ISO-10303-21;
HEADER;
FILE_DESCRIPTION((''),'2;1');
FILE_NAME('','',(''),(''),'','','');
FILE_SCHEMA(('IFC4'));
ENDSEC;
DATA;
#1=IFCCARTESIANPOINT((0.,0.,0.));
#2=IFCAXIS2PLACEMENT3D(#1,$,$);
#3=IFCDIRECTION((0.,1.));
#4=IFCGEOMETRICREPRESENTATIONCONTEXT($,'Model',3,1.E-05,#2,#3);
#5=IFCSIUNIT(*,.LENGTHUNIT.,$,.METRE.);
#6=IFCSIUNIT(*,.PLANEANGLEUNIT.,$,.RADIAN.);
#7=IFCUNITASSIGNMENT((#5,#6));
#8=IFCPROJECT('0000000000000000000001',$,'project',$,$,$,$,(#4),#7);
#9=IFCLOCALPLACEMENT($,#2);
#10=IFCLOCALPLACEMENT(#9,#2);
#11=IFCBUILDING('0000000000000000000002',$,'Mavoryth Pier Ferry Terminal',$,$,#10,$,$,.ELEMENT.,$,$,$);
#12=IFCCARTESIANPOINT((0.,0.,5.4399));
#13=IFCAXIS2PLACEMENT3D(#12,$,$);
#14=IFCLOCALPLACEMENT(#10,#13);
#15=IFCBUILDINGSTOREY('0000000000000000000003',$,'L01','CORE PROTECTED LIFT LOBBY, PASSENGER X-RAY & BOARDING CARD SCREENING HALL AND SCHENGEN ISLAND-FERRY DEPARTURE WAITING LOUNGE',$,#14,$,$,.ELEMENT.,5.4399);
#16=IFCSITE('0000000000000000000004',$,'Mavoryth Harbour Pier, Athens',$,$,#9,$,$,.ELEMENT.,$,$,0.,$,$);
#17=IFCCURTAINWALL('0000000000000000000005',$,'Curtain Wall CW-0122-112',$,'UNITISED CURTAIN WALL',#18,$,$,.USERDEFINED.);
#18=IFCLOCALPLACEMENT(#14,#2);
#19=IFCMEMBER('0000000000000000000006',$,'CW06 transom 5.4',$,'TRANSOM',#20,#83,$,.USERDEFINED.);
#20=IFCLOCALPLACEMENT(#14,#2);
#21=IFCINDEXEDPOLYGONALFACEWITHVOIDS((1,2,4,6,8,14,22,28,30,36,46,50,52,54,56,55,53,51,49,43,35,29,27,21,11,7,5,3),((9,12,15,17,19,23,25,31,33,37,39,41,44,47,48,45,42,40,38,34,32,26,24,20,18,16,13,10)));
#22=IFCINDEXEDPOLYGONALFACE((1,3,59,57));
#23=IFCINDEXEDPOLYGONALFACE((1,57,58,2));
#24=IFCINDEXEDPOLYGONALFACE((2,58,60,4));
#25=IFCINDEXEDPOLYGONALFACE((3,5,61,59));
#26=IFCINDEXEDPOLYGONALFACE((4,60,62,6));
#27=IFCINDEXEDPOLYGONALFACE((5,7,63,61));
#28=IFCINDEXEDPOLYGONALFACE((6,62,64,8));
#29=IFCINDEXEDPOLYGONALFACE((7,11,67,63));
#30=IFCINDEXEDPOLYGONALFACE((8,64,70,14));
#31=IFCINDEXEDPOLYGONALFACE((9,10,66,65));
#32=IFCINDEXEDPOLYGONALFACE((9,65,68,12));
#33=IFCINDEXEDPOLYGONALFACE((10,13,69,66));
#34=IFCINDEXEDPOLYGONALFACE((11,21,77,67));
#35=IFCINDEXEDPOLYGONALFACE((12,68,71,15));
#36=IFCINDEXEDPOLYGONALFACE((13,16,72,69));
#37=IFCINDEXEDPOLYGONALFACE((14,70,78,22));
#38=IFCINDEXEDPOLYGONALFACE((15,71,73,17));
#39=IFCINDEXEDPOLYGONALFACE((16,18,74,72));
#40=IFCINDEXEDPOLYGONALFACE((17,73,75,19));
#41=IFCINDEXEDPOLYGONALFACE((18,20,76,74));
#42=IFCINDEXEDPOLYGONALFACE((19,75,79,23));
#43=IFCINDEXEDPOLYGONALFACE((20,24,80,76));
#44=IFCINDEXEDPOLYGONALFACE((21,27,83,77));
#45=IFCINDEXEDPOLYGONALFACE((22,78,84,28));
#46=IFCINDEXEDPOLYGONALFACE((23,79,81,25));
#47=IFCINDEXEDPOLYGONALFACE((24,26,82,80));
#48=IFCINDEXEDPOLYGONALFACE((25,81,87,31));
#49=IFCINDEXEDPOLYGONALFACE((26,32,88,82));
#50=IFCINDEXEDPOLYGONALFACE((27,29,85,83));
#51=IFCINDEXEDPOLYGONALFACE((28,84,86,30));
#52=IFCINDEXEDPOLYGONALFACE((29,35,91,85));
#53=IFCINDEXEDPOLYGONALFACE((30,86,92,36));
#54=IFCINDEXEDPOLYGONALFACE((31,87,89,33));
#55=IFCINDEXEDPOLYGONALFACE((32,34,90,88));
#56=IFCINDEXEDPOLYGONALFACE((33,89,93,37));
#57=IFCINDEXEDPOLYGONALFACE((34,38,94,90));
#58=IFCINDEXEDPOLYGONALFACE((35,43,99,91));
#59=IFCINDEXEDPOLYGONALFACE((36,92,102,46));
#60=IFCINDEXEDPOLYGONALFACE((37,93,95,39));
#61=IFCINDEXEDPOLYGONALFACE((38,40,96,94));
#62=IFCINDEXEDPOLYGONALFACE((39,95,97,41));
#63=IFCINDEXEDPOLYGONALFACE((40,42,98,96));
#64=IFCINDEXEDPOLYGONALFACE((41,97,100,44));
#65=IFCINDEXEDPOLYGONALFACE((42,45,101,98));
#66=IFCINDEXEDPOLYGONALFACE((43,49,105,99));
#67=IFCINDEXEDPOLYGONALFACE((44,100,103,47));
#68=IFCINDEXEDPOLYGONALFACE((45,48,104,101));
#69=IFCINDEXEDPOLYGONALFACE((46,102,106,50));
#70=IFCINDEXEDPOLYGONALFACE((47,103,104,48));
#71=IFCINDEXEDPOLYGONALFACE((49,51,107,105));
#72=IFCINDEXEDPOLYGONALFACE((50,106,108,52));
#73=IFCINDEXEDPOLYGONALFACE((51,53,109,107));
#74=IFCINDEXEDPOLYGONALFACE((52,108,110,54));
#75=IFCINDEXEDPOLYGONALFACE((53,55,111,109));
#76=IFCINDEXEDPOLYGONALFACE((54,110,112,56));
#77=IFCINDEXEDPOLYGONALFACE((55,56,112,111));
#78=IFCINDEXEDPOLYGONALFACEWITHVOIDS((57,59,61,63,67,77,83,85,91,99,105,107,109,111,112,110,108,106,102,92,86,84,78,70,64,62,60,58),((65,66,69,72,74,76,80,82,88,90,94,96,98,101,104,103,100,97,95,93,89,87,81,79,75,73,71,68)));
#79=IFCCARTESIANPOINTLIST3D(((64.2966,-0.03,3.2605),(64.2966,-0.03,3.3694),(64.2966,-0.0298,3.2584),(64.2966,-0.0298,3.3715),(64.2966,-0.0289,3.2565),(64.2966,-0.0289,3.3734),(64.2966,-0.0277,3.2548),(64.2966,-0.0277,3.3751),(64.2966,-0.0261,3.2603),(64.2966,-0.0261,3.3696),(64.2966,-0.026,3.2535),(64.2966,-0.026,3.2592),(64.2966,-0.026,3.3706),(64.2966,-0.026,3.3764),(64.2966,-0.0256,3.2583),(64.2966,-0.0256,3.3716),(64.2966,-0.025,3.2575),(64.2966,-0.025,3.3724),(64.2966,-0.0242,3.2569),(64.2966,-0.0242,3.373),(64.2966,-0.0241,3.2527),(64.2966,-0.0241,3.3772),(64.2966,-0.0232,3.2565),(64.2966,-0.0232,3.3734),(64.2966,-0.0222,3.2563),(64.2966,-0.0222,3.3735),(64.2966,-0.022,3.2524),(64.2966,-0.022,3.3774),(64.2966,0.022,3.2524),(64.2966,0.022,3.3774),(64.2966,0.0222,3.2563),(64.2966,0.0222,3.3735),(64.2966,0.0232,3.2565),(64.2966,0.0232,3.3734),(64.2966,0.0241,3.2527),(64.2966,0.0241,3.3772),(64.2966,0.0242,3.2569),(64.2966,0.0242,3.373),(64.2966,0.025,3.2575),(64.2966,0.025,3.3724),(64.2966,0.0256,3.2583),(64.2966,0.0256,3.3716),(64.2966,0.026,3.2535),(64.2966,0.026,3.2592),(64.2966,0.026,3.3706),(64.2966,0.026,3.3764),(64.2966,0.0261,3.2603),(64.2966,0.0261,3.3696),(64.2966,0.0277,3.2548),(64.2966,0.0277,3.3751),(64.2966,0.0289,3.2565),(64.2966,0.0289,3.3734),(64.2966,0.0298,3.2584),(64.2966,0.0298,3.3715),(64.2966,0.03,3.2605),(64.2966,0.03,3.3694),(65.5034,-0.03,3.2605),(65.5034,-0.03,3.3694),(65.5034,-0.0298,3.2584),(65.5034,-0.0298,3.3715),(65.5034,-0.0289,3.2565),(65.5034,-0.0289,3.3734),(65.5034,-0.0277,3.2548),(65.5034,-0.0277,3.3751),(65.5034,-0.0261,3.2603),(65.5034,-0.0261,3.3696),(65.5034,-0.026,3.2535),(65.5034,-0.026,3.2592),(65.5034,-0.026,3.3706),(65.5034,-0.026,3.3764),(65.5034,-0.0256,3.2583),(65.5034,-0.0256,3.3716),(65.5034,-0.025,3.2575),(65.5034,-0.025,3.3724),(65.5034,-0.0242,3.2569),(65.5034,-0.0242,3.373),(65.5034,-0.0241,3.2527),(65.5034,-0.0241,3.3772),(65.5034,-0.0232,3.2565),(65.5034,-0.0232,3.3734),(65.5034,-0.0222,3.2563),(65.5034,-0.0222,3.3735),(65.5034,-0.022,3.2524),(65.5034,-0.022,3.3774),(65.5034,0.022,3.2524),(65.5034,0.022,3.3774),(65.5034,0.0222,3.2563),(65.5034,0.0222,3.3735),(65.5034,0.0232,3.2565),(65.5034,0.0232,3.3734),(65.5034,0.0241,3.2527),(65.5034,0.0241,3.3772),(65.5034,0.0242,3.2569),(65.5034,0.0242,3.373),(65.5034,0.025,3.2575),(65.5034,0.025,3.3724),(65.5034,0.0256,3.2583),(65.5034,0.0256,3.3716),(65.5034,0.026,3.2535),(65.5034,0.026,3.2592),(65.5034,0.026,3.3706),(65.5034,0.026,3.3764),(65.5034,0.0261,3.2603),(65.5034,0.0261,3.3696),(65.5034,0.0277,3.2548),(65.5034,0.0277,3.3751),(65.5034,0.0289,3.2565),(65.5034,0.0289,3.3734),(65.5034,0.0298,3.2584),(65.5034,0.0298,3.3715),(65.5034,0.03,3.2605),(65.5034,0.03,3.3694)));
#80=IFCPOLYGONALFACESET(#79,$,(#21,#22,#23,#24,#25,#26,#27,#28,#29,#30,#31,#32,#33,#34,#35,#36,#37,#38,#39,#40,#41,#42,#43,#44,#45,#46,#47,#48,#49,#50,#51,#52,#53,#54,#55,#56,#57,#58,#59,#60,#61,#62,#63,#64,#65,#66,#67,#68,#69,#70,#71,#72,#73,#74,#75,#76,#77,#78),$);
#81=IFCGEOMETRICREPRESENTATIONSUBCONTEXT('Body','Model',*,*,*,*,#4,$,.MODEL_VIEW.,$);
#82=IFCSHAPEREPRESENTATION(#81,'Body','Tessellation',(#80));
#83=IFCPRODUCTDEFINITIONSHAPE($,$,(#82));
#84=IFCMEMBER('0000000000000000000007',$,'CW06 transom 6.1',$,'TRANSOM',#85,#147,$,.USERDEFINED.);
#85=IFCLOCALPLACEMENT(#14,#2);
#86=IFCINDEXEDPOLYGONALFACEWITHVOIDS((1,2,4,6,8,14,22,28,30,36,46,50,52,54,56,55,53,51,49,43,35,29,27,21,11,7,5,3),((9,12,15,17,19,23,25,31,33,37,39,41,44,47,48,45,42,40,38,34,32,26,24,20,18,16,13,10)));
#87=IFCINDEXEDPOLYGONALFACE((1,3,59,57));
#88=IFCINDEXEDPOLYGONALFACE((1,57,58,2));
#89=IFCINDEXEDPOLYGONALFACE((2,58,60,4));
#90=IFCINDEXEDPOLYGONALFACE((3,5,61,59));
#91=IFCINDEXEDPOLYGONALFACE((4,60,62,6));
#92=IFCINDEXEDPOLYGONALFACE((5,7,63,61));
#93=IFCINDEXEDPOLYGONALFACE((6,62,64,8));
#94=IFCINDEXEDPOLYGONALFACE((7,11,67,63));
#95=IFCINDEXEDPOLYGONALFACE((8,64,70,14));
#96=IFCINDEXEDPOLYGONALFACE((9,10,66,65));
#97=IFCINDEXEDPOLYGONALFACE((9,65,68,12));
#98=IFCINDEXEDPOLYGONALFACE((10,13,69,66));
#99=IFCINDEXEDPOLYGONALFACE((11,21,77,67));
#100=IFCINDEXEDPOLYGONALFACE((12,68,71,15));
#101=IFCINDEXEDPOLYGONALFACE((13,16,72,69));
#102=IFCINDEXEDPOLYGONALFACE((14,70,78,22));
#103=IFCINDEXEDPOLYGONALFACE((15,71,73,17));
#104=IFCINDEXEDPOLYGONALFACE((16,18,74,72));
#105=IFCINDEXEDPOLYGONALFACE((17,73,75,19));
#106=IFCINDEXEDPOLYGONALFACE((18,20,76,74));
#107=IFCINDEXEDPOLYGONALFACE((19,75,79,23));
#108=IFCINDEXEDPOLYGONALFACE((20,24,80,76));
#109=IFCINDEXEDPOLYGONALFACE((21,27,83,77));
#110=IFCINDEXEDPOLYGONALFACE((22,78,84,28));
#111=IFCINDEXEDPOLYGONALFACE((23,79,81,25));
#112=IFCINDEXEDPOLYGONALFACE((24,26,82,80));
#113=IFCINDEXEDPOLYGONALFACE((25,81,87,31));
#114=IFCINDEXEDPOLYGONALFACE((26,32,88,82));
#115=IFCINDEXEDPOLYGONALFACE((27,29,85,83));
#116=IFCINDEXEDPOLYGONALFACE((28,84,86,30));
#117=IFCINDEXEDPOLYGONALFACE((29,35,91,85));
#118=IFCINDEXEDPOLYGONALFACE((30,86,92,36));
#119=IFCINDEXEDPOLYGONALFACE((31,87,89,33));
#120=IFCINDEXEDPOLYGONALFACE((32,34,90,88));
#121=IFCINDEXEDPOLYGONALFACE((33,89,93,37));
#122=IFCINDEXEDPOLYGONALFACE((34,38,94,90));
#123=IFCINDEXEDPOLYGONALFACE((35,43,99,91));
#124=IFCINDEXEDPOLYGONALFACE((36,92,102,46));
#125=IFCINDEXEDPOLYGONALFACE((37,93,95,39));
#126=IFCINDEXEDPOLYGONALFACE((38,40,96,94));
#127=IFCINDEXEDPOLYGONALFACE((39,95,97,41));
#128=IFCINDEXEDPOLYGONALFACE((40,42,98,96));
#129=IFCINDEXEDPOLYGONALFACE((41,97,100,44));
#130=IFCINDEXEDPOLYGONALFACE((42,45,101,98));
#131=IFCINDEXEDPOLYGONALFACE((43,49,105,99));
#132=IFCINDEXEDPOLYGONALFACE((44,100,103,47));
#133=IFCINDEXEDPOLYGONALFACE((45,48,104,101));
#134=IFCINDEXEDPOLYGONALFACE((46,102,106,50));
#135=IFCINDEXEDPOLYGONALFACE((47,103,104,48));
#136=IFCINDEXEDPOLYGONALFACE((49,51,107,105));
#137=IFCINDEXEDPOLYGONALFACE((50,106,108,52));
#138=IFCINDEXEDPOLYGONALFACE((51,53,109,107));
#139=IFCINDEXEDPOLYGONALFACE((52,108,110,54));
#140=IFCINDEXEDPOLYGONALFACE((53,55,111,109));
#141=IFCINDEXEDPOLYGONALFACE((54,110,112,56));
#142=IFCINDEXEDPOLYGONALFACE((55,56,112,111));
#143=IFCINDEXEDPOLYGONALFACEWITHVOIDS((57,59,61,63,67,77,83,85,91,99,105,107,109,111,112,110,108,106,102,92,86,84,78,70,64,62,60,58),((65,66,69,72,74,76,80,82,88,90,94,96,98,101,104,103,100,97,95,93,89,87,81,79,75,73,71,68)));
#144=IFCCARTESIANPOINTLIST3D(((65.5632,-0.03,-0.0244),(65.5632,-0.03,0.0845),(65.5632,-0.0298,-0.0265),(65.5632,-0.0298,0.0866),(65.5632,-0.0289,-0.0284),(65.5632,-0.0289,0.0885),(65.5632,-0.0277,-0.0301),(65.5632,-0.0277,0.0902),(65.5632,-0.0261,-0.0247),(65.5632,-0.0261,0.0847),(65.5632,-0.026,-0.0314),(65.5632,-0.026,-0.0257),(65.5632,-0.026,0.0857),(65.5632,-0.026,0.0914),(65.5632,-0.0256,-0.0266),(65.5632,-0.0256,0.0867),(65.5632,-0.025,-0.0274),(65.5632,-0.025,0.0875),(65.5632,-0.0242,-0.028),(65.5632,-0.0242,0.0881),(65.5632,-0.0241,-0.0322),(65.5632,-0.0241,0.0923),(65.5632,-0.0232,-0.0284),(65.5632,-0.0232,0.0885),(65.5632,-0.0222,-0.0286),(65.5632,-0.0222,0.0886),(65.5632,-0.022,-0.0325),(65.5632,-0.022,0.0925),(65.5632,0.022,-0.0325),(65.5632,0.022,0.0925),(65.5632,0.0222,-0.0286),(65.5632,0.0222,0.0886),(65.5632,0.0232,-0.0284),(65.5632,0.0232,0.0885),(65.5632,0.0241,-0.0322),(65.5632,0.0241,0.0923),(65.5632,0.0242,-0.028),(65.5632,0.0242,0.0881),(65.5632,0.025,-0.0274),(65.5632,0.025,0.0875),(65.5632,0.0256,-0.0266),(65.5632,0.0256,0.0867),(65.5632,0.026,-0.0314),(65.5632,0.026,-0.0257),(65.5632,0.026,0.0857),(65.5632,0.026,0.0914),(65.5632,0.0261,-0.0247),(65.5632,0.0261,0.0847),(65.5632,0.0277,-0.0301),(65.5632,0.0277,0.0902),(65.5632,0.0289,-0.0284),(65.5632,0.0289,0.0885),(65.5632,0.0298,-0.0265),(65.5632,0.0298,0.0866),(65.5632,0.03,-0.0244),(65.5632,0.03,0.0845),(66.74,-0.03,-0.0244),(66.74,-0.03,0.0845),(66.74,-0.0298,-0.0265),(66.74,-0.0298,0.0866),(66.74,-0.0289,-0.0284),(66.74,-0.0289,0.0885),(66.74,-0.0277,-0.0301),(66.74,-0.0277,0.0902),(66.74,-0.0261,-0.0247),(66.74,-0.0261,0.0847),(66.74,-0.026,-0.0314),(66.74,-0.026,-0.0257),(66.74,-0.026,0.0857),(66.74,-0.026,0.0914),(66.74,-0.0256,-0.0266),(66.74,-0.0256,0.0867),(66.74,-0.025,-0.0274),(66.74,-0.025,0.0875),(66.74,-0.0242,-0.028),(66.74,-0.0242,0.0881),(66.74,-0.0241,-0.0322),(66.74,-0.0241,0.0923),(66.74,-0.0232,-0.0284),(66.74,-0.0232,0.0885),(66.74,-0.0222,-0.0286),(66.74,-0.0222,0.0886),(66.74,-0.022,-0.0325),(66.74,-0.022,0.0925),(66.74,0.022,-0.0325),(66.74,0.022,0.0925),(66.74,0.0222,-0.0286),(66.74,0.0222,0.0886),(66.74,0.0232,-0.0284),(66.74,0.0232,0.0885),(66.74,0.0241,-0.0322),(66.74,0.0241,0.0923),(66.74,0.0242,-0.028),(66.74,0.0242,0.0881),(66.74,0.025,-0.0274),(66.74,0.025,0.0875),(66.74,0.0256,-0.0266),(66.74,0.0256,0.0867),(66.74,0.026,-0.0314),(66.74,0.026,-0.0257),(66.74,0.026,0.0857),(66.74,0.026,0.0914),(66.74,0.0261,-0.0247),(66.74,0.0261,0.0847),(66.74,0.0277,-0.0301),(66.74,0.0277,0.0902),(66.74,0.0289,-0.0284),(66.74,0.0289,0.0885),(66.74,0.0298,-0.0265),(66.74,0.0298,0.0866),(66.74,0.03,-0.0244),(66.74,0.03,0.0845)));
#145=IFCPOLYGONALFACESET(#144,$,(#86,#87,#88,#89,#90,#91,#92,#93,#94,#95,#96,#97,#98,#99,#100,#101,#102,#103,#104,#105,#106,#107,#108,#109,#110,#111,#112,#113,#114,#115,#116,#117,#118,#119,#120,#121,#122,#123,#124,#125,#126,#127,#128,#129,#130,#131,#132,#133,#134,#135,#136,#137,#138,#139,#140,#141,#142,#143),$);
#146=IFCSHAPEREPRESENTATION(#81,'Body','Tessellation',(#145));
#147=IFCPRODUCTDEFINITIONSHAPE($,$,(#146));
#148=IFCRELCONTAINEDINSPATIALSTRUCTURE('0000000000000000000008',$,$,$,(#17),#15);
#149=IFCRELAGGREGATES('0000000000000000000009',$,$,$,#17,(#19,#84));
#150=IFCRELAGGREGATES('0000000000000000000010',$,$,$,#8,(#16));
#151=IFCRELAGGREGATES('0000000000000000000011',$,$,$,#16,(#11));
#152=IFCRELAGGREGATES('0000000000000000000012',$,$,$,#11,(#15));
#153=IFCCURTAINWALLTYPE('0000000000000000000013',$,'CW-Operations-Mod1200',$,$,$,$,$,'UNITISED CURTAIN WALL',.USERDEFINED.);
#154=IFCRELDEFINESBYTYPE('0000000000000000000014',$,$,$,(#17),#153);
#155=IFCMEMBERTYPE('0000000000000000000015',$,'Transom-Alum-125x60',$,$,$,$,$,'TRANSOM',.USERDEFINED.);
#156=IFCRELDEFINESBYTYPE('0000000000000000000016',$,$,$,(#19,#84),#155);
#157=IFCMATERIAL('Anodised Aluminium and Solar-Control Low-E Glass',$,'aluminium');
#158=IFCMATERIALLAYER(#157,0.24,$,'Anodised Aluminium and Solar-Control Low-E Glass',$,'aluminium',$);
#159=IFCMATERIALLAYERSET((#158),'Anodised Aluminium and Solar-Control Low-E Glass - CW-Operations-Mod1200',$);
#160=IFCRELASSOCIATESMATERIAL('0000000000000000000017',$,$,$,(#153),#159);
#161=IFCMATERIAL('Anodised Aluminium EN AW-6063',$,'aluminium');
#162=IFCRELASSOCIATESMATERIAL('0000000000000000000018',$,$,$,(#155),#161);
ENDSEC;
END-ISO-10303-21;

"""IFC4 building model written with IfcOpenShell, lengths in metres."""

from ifc_helpers import new_model, si_unit, direction, frame, origin, origin_2d, place, context, subcontext, project, spatial, hollow_rectangle, extrude, material, layer, layer_set, material_profile, profile_set, type_object, element, aggregate, save


model = new_model("IFC4")

# Units and contexts
model_context = context("Model", 3, precision=1e-05, world=origin(), true_north=direction((0.0, 1.0)))
body_context = subcontext(model_context, "Body", "Model", "MODEL_VIEW")
ifc_project = project(units=[si_unit("LENGTHUNIT", "METRE"), si_unit("PLANEANGLEUNIT", "RADIAN")], contexts=[model_context])

# Site, building, storey
site_placement = place(None, origin())
site = spatial("IfcSite", under=ifc_project, at=site_placement, Name="Mavoryth Harbour Pier, Athens", CompositionType="ELEMENT", RefElevation=0.0)
building_placement = place(site_placement, origin())
building = spatial("IfcBuilding", under=site, at=building_placement, Name="Mavoryth Pier Ferry Terminal", CompositionType="ELEMENT")
storey_placement = place(building_placement, frame((0.0, 0.0, 5.4399)))
storey = spatial("IfcBuildingStorey", under=building, at=storey_placement, Name="L01", Description="CORE PROTECTED LIFT LOBBY, PASSENGER X-RAY & BOARDING CARD SCREENING HALL AND SCHENGEN ISLAND-FERRY DEPARTURE WAITING LOUNGE", CompositionType="ELEMENT", Elevation=5.4399)

# Curtain wall, members
ifc_material_1 = material(Name="Anodised Aluminium and Solar-Control Low-E Glass", Category="aluminium")
ifc_layer_1 = layer(ifc_material_1, 0.24, Name="Anodised Aluminium and Solar-Control Low-E Glass", Category="aluminium")
ifc_layer_set_1 = layer_set([ifc_layer_1], Name="Anodised Aluminium and Solar-Control Low-E Glass - CW-Operations-Mod1200")
curtain_wall_type = type_object("IfcCurtainWallType", Name="CW-Operations-Mod1200", ElementType="UNITISED CURTAIN WALL", PredefinedType="USERDEFINED", material=ifc_layer_set_1)
curtain_wall_placement = place(storey_placement, origin())
curtain_wall = element("IfcCurtainWall", 1, at=curtain_wall_placement, inside=storey, type_object=curtain_wall_type, Name="Curtain Wall CW-0122-112", ObjectType="UNITISED CURTAIN WALL", PredefinedType="USERDEFINED")
ifc_material_2 = material(Name="Anodised Aluminium EN AW-6063", Category="aluminium")
ifc_material_profile_1 = material_profile(ifc_material_2, hollow_rectangle(XDim=0.0601, YDim=0.125, WallThickness=0.0039, InnerFilletRadius=0.0039, OuterFilletRadius=0.0081, at=origin_2d()), Name="AL-TRAN 125x60x4", Category="aluminium")
ifc_profile_set_1 = profile_set([ifc_material_profile_1], Name="Anodised Aluminium EN AW-6063 - AL-TRAN 125x60x4")
member_type_1 = type_object("IfcMemberType", Name="Transom-Alum-125x60", ElementType="TRANSOM", PredefinedType="USERDEFINED", material=ifc_profile_set_1)
member_1_placement = place(storey_placement, frame((64.2966, 0.0, 3.3149), z_axis=(1.0, 0.0, 0.0), x_axis=(0.0, 1.0, 0.0)))
member_1 = element("IfcMember", 2, at=member_1_placement, type_object=member_type_1, Name="CW06 transom 5.4", ObjectType="TRANSOM", PredefinedType="USERDEFINED", context=body_context, shape_type="SweptSolid", body=[
    extrude(hollow_rectangle(XDim=0.0601, YDim=0.125, WallThickness=0.0039, InnerFilletRadius=0.0039, OuterFilletRadius=0.0081, at=origin_2d()), origin(), (0.0, 0.0, 1.0), 1.2068),
])
member_2_placement = place(storey_placement, frame((65.5632, 0.0, 0.03), z_axis=(1.0, 0.0, 0.0), x_axis=(0.0, 1.0, 0.0)))
member_2 = element("IfcMember", 3, at=member_2_placement, type_object=member_type_1, Name="CW06 transom 6.1", ObjectType="TRANSOM", PredefinedType="USERDEFINED", context=body_context, shape_type="SweptSolid", body=[
    extrude(hollow_rectangle(XDim=0.0601, YDim=0.125, WallThickness=0.0039, InnerFilletRadius=0.0039, OuterFilletRadius=0.0081, at=origin_2d()), origin(), (0.0, 0.0, 1.0), 1.1768),
])
aggregate(curtain_wall, [member_1, member_2])

save(model, "model.ifc")
